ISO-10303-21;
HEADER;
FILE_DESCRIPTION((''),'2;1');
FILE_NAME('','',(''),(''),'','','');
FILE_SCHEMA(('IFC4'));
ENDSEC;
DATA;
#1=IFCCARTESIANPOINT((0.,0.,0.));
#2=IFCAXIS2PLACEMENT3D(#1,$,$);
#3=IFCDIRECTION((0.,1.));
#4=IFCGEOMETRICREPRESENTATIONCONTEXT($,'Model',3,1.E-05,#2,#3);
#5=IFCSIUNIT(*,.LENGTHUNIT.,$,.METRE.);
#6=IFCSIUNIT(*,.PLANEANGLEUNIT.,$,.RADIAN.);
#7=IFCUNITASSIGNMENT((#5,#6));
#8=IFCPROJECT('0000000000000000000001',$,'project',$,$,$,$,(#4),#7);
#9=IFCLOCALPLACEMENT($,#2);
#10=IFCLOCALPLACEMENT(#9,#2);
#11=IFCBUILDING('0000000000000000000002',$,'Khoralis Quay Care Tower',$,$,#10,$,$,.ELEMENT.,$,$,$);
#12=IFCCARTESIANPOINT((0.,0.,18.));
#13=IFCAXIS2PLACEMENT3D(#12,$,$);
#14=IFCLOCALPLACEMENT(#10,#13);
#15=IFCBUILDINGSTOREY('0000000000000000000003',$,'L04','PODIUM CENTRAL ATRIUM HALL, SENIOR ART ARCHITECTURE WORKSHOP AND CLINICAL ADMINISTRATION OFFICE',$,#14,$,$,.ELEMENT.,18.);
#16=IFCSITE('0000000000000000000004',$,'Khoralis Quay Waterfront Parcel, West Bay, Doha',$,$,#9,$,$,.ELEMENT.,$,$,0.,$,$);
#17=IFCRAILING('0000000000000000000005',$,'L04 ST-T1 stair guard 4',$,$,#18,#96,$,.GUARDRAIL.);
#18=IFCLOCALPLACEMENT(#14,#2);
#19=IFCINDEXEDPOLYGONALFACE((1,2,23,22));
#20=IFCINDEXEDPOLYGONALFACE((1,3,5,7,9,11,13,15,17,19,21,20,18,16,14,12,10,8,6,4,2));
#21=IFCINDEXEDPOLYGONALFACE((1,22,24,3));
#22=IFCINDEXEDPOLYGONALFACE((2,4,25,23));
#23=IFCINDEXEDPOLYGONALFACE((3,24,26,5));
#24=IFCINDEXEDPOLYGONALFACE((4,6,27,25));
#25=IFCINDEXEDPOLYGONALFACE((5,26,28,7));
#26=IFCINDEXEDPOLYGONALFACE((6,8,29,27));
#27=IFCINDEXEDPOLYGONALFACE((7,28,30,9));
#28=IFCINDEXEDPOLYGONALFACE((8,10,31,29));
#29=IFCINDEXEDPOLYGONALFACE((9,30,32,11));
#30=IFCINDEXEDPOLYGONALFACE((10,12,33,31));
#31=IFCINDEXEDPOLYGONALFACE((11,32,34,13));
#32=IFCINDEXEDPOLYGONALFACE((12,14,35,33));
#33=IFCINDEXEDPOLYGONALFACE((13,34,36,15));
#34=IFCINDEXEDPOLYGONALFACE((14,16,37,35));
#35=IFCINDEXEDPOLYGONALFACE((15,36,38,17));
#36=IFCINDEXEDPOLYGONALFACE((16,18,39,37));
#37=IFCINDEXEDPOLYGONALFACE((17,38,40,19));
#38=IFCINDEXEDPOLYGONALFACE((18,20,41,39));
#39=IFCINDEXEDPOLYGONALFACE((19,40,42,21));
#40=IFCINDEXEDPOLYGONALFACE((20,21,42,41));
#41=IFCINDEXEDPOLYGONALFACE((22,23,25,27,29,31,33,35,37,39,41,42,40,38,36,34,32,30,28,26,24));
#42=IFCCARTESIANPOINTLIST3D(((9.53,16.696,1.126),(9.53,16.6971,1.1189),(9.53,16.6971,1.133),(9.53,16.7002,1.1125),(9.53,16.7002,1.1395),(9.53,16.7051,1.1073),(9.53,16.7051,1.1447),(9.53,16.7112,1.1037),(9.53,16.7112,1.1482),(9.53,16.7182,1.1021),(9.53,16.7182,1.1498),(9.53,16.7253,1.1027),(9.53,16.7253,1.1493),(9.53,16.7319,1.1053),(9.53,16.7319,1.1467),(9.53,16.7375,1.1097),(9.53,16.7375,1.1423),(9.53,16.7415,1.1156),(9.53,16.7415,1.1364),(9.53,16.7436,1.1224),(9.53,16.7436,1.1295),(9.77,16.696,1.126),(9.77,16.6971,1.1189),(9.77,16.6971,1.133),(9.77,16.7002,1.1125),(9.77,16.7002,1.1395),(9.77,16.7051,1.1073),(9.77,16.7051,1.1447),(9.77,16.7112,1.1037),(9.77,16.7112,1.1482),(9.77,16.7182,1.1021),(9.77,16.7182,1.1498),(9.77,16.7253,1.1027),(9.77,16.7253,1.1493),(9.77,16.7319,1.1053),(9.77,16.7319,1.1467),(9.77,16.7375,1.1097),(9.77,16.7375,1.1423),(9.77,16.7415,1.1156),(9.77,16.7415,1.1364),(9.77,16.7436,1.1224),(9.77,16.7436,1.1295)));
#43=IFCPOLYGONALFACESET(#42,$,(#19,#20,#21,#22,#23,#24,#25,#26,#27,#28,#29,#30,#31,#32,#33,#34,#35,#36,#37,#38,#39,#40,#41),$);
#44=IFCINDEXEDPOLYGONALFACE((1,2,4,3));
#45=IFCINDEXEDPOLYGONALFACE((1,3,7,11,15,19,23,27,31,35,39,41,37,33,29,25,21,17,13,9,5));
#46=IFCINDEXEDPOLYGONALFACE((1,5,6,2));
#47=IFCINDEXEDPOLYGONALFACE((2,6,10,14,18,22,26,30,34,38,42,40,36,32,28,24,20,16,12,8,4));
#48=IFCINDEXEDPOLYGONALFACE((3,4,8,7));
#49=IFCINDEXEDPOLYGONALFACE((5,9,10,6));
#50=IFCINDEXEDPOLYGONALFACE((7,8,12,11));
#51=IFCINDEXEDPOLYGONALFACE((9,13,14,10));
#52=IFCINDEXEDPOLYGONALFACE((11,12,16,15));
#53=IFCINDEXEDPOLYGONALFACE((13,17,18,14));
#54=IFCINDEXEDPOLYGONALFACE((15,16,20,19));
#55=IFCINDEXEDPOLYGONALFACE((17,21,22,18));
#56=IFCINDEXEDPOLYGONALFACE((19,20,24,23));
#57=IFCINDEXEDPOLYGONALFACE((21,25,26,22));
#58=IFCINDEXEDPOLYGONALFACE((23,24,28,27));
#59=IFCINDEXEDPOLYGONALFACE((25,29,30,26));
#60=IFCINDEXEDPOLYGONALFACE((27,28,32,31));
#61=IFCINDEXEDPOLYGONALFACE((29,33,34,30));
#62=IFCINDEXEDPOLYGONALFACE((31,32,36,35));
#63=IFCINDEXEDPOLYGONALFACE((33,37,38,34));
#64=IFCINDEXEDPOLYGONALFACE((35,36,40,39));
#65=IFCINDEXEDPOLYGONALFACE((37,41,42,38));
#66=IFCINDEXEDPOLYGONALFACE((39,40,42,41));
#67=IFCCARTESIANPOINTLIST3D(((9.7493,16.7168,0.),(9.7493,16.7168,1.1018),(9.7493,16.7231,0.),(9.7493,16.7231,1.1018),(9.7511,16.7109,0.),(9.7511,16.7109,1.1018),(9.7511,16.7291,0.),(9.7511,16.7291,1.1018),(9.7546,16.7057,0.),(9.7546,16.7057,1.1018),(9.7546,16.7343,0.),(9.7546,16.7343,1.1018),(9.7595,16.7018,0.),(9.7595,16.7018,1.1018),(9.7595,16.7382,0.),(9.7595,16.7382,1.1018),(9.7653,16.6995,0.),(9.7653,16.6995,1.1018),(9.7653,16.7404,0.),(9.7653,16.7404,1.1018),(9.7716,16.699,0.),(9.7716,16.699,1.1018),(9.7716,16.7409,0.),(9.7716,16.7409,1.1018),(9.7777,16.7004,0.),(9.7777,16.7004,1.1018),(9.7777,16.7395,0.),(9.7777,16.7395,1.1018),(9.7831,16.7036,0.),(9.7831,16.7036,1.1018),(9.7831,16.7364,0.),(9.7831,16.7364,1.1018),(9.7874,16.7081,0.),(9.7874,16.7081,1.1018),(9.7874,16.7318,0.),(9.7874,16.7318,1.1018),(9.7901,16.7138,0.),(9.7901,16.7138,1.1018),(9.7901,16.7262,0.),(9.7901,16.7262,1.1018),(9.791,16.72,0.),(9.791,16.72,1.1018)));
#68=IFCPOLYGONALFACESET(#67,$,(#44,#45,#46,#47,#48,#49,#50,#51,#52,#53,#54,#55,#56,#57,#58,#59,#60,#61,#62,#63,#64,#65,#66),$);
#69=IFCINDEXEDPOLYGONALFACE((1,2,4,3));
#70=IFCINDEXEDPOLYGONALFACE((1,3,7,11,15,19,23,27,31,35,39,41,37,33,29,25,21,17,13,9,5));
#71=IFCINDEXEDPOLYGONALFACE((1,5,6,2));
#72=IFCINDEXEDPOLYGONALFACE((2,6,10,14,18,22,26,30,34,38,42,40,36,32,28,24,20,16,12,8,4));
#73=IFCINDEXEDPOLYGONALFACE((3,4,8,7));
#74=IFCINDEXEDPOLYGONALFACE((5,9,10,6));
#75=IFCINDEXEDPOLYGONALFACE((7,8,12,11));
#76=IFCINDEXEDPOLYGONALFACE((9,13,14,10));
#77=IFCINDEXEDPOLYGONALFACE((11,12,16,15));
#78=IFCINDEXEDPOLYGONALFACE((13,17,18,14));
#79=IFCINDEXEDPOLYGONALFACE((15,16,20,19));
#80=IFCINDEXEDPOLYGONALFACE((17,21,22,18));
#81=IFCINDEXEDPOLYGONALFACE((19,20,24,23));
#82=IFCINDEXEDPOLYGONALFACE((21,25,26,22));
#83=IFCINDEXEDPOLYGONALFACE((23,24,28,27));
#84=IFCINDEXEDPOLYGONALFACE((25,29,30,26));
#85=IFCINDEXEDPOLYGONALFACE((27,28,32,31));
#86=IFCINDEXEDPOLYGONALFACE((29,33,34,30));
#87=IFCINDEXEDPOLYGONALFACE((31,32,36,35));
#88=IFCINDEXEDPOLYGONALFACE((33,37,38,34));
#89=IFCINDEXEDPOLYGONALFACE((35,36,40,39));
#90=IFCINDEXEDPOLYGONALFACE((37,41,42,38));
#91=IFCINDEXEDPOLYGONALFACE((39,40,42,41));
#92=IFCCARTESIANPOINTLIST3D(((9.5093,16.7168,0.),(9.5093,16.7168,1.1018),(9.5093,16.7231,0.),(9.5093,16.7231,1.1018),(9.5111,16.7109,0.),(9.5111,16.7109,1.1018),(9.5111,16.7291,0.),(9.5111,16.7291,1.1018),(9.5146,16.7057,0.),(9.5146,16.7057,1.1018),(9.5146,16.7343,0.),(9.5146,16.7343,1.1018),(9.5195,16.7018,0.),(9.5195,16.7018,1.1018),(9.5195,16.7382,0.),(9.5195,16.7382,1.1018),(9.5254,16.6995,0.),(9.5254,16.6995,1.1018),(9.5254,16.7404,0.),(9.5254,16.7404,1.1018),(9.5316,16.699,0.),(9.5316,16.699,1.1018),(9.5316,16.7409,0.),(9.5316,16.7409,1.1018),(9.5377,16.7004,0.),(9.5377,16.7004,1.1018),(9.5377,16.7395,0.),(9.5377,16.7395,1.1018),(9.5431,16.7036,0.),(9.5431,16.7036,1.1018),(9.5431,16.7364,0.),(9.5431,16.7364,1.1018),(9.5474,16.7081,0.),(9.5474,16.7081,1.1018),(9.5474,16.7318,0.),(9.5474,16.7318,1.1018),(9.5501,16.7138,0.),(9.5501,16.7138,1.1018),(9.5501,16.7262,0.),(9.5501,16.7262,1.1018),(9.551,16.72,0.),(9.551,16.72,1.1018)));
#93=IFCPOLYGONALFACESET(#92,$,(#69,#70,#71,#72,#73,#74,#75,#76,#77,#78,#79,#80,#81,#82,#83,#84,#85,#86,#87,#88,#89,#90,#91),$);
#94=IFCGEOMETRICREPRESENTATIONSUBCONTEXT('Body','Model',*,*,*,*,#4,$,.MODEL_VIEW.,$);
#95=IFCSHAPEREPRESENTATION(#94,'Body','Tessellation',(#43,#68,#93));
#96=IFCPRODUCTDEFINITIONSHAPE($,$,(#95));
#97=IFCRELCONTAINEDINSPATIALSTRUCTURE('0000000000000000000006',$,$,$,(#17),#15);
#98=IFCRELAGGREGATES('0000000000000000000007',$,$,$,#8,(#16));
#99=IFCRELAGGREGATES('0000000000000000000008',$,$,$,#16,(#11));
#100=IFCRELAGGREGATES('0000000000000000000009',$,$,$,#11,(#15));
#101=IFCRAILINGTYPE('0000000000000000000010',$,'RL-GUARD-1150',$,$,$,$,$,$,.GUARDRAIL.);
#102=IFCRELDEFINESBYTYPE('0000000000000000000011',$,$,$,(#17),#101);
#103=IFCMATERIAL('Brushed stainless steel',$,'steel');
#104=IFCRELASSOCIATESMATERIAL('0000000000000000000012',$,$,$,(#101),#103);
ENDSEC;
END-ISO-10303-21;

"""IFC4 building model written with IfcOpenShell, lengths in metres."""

from ifc_helpers import new_model, si_unit, direction, frame, origin, origin_2d, place, context, subcontext, project, spatial, circle, extrude, material, type_object, element, save


model = new_model("IFC4")

# Units and contexts
model_context = context("Model", 3, precision=1e-05, world=origin(), true_north=direction((0.0, 1.0)))
body_context = subcontext(model_context, "Body", "Model", "MODEL_VIEW")
ifc_project = project(units=[si_unit("LENGTHUNIT", "METRE"), si_unit("PLANEANGLEUNIT", "RADIAN")], contexts=[model_context])

# Site, building, storey
site_placement = place(None, origin())
site = spatial("IfcSite", under=ifc_project, at=site_placement, Name="Khoralis Quay Waterfront Parcel, West Bay, Doha", CompositionType="ELEMENT", RefElevation=0.0)
building_placement = place(site_placement, origin())
building = spatial("IfcBuilding", under=site, at=building_placement, Name="Khoralis Quay Care Tower", CompositionType="ELEMENT")
storey_placement = place(building_placement, frame((0.0, 0.0, 18.0)))
storey = spatial("IfcBuildingStorey", under=building, at=storey_placement, Name="L04", Description="PODIUM CENTRAL ATRIUM HALL, SENIOR ART ARCHITECTURE WORKSHOP AND CLINICAL ADMINISTRATION OFFICE", CompositionType="ELEMENT", Elevation=18.0)

# Shared definitions
ifc_material_1 = material(Name="Brushed stainless steel", Category="steel")

# Railing
railing_type = type_object("IfcRailingType", Name="RL-GUARD-1150", PredefinedType="GUARDRAIL", material=ifc_material_1)
railing_1_placement = place(storey_placement, frame((9.77, 16.72, 0.0)))
element("IfcRailing", 1, at=railing_1_placement, inside=storey, type_object=railing_type, Name="L04 ST-T1 stair guard 4", PredefinedType="GUARDRAIL", context=body_context, shape_type="SweptSolid", body=[
    extrude(circle(Radius=0.0239, at=origin_2d()), frame((0.0, 0.0, 1.126), z_axis=(-1.0, 0.0, 0.0), x_axis=(0.0, -1.0, 0.0)), (0.0, 0.0, 1.0), 0.24),
    extrude(circle(Radius=0.021, at=origin_2d()), origin(), (0.0, 0.0, 1.0), 1.1018),
    extrude(circle(Radius=0.021, at=origin_2d()), frame((-0.24, 0.0, 0.0)), (0.0, 0.0, 1.0), 1.1018),
])

save(model, "model.ifc")
